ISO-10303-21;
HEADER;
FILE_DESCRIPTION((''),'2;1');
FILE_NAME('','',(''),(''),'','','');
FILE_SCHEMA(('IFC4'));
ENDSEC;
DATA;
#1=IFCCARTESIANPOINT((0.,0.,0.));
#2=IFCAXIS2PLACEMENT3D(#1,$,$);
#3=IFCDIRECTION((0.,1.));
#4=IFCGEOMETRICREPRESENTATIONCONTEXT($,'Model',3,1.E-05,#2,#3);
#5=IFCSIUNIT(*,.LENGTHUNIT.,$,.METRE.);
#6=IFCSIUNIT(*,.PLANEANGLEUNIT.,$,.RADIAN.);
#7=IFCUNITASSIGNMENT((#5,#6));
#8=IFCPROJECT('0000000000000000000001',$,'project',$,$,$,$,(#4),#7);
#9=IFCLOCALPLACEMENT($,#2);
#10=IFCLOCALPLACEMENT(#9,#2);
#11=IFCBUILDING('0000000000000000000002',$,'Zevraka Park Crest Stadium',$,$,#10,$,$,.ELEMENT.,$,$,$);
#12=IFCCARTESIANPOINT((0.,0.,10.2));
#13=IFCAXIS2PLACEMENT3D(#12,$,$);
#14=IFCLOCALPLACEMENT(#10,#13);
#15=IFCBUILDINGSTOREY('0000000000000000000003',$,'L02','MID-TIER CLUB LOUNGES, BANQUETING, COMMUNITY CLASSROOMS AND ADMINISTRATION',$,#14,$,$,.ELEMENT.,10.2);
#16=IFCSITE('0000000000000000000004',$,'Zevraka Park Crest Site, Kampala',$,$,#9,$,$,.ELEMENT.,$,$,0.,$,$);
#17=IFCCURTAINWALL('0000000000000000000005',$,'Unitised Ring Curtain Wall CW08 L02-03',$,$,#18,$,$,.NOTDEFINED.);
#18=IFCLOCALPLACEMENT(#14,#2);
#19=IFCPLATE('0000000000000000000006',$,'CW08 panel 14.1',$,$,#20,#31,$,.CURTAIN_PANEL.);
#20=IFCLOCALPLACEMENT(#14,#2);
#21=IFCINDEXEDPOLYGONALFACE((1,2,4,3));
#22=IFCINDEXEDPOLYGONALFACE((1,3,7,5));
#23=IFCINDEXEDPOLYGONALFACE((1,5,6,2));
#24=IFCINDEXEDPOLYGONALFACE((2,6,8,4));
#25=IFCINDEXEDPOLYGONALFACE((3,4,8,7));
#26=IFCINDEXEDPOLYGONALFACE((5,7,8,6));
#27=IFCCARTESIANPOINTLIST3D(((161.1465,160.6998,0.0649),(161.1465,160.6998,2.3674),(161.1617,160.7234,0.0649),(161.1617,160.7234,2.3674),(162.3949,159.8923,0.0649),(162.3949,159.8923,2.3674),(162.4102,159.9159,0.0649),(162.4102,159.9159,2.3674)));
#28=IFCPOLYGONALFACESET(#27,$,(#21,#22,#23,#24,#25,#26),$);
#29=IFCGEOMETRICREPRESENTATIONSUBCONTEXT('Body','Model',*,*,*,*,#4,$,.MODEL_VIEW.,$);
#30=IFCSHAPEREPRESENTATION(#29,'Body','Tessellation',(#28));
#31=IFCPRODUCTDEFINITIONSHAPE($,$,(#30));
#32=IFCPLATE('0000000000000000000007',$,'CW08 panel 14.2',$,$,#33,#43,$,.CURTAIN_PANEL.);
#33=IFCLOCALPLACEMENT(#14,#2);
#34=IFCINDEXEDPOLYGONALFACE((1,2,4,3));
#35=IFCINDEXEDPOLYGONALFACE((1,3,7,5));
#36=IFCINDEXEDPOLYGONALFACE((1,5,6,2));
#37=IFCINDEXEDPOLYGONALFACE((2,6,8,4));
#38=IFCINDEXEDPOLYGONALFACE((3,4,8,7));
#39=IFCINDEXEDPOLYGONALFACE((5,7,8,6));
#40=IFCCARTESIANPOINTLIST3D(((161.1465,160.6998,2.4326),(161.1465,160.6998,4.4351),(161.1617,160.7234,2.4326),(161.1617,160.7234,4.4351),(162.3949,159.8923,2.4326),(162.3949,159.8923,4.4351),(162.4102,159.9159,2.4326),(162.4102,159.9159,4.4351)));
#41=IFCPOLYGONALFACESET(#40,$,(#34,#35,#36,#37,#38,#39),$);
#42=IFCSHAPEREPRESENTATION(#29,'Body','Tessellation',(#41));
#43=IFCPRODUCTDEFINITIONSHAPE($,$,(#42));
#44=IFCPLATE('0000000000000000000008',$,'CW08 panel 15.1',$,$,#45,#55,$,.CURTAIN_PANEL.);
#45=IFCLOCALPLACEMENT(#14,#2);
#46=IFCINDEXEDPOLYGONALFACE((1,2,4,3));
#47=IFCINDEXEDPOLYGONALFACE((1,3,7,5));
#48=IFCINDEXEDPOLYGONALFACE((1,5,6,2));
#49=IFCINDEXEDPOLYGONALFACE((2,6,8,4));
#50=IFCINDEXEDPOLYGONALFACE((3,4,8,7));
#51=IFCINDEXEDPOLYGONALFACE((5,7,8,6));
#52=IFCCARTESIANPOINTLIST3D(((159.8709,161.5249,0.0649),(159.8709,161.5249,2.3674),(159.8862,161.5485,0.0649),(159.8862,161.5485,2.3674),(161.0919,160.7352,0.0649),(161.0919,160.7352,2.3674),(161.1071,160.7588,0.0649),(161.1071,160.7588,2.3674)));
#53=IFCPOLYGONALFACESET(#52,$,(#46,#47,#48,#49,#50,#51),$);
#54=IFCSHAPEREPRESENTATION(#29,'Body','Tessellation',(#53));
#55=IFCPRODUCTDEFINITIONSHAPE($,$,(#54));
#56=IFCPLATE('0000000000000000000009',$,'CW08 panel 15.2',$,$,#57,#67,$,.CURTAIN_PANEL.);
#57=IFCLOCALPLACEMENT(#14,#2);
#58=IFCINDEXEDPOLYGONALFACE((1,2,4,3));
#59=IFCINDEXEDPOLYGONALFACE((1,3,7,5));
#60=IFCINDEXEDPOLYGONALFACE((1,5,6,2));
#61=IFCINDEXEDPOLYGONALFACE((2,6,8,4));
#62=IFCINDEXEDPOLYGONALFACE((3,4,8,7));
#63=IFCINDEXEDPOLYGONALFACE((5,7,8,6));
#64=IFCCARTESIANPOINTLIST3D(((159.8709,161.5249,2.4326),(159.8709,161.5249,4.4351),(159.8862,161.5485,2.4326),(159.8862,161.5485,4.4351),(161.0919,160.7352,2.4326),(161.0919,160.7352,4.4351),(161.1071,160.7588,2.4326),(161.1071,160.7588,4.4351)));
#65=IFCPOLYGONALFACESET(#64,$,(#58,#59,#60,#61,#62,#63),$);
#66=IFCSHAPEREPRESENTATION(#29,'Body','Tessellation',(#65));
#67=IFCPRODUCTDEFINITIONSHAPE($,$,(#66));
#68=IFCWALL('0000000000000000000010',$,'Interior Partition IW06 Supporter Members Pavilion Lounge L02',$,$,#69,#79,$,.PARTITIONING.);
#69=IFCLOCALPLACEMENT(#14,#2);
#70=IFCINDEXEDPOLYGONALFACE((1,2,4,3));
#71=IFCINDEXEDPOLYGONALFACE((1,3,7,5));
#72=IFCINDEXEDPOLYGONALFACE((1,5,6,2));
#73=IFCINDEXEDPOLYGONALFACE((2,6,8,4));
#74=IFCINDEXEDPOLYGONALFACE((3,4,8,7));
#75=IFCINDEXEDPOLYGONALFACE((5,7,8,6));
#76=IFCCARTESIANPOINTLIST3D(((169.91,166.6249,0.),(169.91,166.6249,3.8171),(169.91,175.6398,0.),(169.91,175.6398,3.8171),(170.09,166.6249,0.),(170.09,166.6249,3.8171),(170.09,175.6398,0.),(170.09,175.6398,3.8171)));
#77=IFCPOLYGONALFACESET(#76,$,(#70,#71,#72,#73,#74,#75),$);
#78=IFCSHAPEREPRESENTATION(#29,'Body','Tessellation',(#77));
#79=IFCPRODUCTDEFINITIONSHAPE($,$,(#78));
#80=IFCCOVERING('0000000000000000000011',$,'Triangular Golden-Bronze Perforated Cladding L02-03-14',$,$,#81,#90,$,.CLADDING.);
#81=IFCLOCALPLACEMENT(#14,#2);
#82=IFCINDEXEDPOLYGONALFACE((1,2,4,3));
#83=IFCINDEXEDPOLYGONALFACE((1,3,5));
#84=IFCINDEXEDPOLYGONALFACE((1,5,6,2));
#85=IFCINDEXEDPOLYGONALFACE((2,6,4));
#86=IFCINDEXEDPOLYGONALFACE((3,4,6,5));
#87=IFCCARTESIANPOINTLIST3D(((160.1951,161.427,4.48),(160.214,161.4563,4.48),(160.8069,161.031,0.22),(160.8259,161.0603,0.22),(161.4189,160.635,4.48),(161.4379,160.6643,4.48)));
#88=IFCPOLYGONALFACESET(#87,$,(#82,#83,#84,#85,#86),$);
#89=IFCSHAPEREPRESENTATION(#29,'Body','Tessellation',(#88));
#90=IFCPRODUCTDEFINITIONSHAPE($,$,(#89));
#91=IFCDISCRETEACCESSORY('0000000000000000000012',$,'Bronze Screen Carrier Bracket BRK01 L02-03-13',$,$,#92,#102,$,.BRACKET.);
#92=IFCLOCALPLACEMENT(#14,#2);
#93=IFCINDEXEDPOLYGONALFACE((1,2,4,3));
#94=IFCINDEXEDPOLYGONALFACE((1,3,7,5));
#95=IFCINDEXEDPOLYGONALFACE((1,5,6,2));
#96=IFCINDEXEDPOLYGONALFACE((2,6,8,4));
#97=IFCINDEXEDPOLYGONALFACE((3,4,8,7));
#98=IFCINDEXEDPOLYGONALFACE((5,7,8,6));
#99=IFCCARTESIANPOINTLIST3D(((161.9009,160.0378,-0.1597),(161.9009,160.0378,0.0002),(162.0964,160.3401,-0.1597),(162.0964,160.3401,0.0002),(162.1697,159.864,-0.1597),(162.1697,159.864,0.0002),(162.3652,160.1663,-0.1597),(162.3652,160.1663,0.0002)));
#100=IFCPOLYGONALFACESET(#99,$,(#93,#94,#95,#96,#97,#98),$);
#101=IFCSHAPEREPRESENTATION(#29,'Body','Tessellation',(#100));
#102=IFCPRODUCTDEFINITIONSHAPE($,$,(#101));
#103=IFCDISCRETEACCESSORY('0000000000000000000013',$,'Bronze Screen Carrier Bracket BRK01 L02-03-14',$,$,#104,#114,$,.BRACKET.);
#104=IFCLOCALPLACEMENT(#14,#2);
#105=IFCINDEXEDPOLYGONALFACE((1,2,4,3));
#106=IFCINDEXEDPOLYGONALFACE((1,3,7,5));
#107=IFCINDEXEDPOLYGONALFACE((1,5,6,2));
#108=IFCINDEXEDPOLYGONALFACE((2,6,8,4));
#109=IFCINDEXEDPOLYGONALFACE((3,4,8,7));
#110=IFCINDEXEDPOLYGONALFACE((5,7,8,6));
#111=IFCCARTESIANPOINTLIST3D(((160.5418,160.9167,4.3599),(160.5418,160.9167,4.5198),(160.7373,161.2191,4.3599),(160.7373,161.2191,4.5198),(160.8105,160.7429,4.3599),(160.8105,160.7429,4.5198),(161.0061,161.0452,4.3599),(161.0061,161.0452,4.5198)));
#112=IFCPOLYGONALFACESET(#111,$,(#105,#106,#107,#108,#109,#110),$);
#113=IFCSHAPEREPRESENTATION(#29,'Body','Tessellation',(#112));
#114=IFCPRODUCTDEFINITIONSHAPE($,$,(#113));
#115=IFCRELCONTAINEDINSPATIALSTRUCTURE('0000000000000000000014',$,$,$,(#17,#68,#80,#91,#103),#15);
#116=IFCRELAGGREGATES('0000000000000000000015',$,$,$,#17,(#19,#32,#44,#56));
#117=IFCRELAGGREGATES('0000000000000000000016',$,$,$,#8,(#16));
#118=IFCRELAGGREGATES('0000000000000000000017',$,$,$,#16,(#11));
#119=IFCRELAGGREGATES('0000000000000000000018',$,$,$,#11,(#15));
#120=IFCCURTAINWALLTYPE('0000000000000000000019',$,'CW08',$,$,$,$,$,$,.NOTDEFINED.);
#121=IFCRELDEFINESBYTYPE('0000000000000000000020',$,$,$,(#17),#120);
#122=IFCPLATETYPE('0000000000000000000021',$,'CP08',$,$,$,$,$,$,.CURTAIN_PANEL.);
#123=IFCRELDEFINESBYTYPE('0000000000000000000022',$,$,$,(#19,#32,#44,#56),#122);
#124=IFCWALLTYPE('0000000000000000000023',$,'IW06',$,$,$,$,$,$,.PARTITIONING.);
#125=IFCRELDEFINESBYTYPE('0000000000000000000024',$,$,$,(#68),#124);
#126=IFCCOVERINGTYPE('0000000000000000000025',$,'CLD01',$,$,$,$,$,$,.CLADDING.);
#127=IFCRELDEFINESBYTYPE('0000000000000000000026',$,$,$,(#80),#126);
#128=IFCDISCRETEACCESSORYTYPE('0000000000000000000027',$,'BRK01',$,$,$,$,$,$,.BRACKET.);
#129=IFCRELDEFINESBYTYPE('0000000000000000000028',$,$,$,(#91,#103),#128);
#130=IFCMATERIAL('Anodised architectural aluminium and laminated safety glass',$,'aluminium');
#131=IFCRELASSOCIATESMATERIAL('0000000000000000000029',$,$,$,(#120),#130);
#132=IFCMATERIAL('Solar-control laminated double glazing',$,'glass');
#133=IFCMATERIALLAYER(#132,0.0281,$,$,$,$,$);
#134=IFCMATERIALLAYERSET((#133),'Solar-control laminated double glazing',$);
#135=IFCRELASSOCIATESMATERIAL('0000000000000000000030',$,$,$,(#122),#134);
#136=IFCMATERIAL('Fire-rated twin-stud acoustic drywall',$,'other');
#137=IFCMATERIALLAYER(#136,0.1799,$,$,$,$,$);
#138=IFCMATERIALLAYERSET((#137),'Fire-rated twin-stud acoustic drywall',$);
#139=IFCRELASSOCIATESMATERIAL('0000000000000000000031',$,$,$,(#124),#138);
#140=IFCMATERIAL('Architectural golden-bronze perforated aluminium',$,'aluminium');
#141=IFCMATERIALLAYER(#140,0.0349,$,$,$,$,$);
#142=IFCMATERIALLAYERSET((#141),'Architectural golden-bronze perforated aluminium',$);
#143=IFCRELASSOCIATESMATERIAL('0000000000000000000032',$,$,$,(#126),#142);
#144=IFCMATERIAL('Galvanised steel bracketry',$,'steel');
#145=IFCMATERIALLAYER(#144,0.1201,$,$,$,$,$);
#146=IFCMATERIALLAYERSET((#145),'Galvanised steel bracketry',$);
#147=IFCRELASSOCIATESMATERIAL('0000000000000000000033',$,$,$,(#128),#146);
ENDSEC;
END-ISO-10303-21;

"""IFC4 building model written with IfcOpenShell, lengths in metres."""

from ifc_helpers import new_model, si_unit, direction, frame, frame_2d, origin, origin_2d, place, context, subcontext, project, spatial, polyline, rectangle, outline, extrude, material, layer, layer_set, type_object, element, aggregate, save


model = new_model("IFC4")

# Units and contexts
model_context = context("Model", 3, precision=1e-05, world=origin(), true_north=direction((0.0, 1.0)))
body_context = subcontext(model_context, "Body", "Model", "MODEL_VIEW")
ifc_project = project(units=[si_unit("LENGTHUNIT", "METRE"), si_unit("PLANEANGLEUNIT", "RADIAN")], contexts=[model_context])

# Site, building, storey
site_placement = place(None, origin())
site = spatial("IfcSite", under=ifc_project, at=site_placement, Name="Zevraka Park Crest Site, Kampala", CompositionType="ELEMENT", RefElevation=0.0)
building_placement = place(site_placement, origin())
building = spatial("IfcBuilding", under=site, at=building_placement, Name="Zevraka Park Crest Stadium", CompositionType="ELEMENT")
storey_placement = place(building_placement, frame((0.0, 0.0, 10.2)))
storey = spatial("IfcBuildingStorey", under=building, at=storey_placement, Name="L02", Description="MID-TIER CLUB LOUNGES, BANQUETING, COMMUNITY CLASSROOMS AND ADMINISTRATION", CompositionType="ELEMENT", Elevation=10.2)

# Curtain wall
ifc_material_1 = material(Name="Anodised architectural aluminium and laminated safety glass", Category="aluminium")
curtain_wall_type_1 = type_object("IfcCurtainWallType", Name="CW08", PredefinedType="NOTDEFINED", material=ifc_material_1)
curtain_wall_1_placement = place(storey_placement, origin())
curtain_wall_1 = element("IfcCurtainWall", 1, at=curtain_wall_1_placement, inside=storey, type_object=curtain_wall_type_1, Name="Unitised Ring Curtain Wall CW08 L02-03", PredefinedType="NOTDEFINED")

# Plates
ifc_material_2 = material(Name="Solar-control laminated double glazing", Category="glass")
ifc_layer_1 = layer(ifc_material_2, 0.0281)
ifc_layer_set_1 = layer_set([ifc_layer_1], Name="Solar-control laminated double glazing")
plate_type = type_object("IfcPlateType", Name="CP08", PredefinedType="CURTAIN_PANEL", material=ifc_layer_set_1)
plate_1_placement = place(storey_placement, frame((161.7783, 160.3079, 0.0649), z_axis=(0.0, 0.0, 1.0), x_axis=(-0.83967, 0.543096, 0.0)))
plate_1 = element("IfcPlate", 2, at=plate_1_placement, type_object=plate_type, Name="CW08 panel 14.1", PredefinedType="CURTAIN_PANEL", context=body_context, shape_type="SweptSolid", body=[
    extrude(rectangle(XDim=1.4868, YDim=0.0281, at=origin_2d()), origin(), (0.0, 0.0, 1.0), 2.3025),
])
plate_2_placement = place(storey_placement, frame((161.7783, 160.3079, 2.4326), z_axis=(0.0, 0.0, 1.0), x_axis=(-0.83967, 0.543096, 0.0)))
plate_2 = element("IfcPlate", 3, at=plate_2_placement, type_object=plate_type, Name="CW08 panel 14.2", PredefinedType="CURTAIN_PANEL", context=body_context, shape_type="SweptSolid", body=[
    extrude(rectangle(XDim=1.4868, YDim=0.0281, at=origin_2d()), origin(), (0.0, 0.0, 1.0), 2.0024),
])
plate_3_placement = place(storey_placement, frame((160.489, 161.1418, 0.0649), z_axis=(0.0, 0.0, 1.0), x_axis=(-0.83967, 0.543096, 0.0)))
plate_3 = element("IfcPlate", 4, at=plate_3_placement, type_object=plate_type, Name="CW08 panel 15.1", PredefinedType="CURTAIN_PANEL", context=body_context, shape_type="SweptSolid", body=[
    extrude(rectangle(XDim=1.4541, YDim=0.0281, at=origin_2d()), origin(), (0.0, 0.0, 1.0), 2.3025),
])
plate_4_placement = place(storey_placement, frame((160.489, 161.1418, 2.4326), z_axis=(0.0, 0.0, 1.0), x_axis=(-0.83967, 0.543096, 0.0)))
plate_4 = element("IfcPlate", 5, at=plate_4_placement, type_object=plate_type, Name="CW08 panel 15.2", PredefinedType="CURTAIN_PANEL", context=body_context, shape_type="SweptSolid", body=[
    extrude(rectangle(XDim=1.4541, YDim=0.0281, at=origin_2d()), origin(), (0.0, 0.0, 1.0), 2.0024),
])
aggregate(curtain_wall_1, [plate_1, plate_2, plate_3, plate_4])

# Wall
ifc_material_3 = material(Name="Fire-rated twin-stud acoustic drywall", Category="other")
ifc_layer_2 = layer(ifc_material_3, 0.1799)
ifc_layer_set_2 = layer_set([ifc_layer_2], Name="Fire-rated twin-stud acoustic drywall")
wall_type = type_object("IfcWallType", Name="IW06", PredefinedType="PARTITIONING", material=ifc_layer_set_2)
wall_placement = place(storey_placement, frame((170.0, 166.625, 0.0), z_axis=(0.0, 0.0, 1.0), x_axis=(0.0, 1.0, 0.0)))
element("IfcWall", 6, at=wall_placement, inside=storey, type_object=wall_type, Name="Interior Partition IW06 Supporter Members Pavilion Lounge L02", PredefinedType="PARTITIONING", context=body_context, shape_type="SweptSolid", body=[
    extrude(rectangle(XDim=9.0149, YDim=0.1799, at=frame_2d((4.5073, 0.0))), origin(), (0.0, 0.0, 1.0), 3.8171),
])

# Covering
ifc_material_4 = material(Name="Architectural golden-bronze perforated aluminium", Category="aluminium")
ifc_layer_3 = layer(ifc_material_4, 0.0349)
ifc_layer_set_3 = layer_set([ifc_layer_3], Name="Architectural golden-bronze perforated aluminium")
covering_type = type_object("IfcCoveringType", Name="CLD01", PredefinedType="CLADDING", material=ifc_layer_set_3)
covering_placement = place(storey_placement, frame((160.1951, 161.427, 4.48), z_axis=(-0.543286, -0.839548, 0.000016), x_axis=(0.839548, -0.543286, 0.0)))
element("IfcCovering", 7, at=covering_placement, inside=storey, type_object=covering_type, Name="Triangular Golden-Bronze Perforated Cladding L02-03-14", PredefinedType="CLADDING", context=body_context, shape_type="SweptSolid", body=[
    extrude(outline(polyline([(0.0, 0.0), (1.4578, 0.0), (0.7288, -4.26), (0.0, 0.0)])), origin(), (0.0, 0.0, -1.0), 0.0349),
])

# Discrete accessories
ifc_material_5 = material(Name="Galvanised steel bracketry", Category="steel")
ifc_layer_4 = layer(ifc_material_5, 0.1201)
ifc_layer_set_4 = layer_set([ifc_layer_4], Name="Galvanised steel bracketry")
discrete_accessory_type = type_object("IfcDiscreteAccessoryType", Name="BRK01", PredefinedType="BRACKET", material=ifc_layer_set_4)
for number, where, z_axis, x_axis, name in (
    (8, (162.1331, 160.1021, -0.1597), (0.0, 0.0, 1.0), (-0.839715, 0.543028, 0.0), "Bronze Screen Carrier Bracket BRK01 L02-03-13"),
    (9, (160.7739, 160.981, 4.3599), (0.0, 0.0, 1.0), (-0.839715, 0.543028, 0.0), "Bronze Screen Carrier Bracket BRK01 L02-03-14"),
):
    element("IfcDiscreteAccessory", number, at=place(storey_placement, frame(where, z_axis=z_axis, x_axis=x_axis)), inside=storey, type_object=discrete_accessory_type, Name=name, PredefinedType="BRACKET", context=body_context, shape_type="SweptSolid", body=[
        extrude(rectangle(XDim=0.3201, YDim=0.3601, at=origin_2d()), origin(), (0.0, 0.0, 1.0), 0.1599),
    ])

save(model, "model.ifc")
